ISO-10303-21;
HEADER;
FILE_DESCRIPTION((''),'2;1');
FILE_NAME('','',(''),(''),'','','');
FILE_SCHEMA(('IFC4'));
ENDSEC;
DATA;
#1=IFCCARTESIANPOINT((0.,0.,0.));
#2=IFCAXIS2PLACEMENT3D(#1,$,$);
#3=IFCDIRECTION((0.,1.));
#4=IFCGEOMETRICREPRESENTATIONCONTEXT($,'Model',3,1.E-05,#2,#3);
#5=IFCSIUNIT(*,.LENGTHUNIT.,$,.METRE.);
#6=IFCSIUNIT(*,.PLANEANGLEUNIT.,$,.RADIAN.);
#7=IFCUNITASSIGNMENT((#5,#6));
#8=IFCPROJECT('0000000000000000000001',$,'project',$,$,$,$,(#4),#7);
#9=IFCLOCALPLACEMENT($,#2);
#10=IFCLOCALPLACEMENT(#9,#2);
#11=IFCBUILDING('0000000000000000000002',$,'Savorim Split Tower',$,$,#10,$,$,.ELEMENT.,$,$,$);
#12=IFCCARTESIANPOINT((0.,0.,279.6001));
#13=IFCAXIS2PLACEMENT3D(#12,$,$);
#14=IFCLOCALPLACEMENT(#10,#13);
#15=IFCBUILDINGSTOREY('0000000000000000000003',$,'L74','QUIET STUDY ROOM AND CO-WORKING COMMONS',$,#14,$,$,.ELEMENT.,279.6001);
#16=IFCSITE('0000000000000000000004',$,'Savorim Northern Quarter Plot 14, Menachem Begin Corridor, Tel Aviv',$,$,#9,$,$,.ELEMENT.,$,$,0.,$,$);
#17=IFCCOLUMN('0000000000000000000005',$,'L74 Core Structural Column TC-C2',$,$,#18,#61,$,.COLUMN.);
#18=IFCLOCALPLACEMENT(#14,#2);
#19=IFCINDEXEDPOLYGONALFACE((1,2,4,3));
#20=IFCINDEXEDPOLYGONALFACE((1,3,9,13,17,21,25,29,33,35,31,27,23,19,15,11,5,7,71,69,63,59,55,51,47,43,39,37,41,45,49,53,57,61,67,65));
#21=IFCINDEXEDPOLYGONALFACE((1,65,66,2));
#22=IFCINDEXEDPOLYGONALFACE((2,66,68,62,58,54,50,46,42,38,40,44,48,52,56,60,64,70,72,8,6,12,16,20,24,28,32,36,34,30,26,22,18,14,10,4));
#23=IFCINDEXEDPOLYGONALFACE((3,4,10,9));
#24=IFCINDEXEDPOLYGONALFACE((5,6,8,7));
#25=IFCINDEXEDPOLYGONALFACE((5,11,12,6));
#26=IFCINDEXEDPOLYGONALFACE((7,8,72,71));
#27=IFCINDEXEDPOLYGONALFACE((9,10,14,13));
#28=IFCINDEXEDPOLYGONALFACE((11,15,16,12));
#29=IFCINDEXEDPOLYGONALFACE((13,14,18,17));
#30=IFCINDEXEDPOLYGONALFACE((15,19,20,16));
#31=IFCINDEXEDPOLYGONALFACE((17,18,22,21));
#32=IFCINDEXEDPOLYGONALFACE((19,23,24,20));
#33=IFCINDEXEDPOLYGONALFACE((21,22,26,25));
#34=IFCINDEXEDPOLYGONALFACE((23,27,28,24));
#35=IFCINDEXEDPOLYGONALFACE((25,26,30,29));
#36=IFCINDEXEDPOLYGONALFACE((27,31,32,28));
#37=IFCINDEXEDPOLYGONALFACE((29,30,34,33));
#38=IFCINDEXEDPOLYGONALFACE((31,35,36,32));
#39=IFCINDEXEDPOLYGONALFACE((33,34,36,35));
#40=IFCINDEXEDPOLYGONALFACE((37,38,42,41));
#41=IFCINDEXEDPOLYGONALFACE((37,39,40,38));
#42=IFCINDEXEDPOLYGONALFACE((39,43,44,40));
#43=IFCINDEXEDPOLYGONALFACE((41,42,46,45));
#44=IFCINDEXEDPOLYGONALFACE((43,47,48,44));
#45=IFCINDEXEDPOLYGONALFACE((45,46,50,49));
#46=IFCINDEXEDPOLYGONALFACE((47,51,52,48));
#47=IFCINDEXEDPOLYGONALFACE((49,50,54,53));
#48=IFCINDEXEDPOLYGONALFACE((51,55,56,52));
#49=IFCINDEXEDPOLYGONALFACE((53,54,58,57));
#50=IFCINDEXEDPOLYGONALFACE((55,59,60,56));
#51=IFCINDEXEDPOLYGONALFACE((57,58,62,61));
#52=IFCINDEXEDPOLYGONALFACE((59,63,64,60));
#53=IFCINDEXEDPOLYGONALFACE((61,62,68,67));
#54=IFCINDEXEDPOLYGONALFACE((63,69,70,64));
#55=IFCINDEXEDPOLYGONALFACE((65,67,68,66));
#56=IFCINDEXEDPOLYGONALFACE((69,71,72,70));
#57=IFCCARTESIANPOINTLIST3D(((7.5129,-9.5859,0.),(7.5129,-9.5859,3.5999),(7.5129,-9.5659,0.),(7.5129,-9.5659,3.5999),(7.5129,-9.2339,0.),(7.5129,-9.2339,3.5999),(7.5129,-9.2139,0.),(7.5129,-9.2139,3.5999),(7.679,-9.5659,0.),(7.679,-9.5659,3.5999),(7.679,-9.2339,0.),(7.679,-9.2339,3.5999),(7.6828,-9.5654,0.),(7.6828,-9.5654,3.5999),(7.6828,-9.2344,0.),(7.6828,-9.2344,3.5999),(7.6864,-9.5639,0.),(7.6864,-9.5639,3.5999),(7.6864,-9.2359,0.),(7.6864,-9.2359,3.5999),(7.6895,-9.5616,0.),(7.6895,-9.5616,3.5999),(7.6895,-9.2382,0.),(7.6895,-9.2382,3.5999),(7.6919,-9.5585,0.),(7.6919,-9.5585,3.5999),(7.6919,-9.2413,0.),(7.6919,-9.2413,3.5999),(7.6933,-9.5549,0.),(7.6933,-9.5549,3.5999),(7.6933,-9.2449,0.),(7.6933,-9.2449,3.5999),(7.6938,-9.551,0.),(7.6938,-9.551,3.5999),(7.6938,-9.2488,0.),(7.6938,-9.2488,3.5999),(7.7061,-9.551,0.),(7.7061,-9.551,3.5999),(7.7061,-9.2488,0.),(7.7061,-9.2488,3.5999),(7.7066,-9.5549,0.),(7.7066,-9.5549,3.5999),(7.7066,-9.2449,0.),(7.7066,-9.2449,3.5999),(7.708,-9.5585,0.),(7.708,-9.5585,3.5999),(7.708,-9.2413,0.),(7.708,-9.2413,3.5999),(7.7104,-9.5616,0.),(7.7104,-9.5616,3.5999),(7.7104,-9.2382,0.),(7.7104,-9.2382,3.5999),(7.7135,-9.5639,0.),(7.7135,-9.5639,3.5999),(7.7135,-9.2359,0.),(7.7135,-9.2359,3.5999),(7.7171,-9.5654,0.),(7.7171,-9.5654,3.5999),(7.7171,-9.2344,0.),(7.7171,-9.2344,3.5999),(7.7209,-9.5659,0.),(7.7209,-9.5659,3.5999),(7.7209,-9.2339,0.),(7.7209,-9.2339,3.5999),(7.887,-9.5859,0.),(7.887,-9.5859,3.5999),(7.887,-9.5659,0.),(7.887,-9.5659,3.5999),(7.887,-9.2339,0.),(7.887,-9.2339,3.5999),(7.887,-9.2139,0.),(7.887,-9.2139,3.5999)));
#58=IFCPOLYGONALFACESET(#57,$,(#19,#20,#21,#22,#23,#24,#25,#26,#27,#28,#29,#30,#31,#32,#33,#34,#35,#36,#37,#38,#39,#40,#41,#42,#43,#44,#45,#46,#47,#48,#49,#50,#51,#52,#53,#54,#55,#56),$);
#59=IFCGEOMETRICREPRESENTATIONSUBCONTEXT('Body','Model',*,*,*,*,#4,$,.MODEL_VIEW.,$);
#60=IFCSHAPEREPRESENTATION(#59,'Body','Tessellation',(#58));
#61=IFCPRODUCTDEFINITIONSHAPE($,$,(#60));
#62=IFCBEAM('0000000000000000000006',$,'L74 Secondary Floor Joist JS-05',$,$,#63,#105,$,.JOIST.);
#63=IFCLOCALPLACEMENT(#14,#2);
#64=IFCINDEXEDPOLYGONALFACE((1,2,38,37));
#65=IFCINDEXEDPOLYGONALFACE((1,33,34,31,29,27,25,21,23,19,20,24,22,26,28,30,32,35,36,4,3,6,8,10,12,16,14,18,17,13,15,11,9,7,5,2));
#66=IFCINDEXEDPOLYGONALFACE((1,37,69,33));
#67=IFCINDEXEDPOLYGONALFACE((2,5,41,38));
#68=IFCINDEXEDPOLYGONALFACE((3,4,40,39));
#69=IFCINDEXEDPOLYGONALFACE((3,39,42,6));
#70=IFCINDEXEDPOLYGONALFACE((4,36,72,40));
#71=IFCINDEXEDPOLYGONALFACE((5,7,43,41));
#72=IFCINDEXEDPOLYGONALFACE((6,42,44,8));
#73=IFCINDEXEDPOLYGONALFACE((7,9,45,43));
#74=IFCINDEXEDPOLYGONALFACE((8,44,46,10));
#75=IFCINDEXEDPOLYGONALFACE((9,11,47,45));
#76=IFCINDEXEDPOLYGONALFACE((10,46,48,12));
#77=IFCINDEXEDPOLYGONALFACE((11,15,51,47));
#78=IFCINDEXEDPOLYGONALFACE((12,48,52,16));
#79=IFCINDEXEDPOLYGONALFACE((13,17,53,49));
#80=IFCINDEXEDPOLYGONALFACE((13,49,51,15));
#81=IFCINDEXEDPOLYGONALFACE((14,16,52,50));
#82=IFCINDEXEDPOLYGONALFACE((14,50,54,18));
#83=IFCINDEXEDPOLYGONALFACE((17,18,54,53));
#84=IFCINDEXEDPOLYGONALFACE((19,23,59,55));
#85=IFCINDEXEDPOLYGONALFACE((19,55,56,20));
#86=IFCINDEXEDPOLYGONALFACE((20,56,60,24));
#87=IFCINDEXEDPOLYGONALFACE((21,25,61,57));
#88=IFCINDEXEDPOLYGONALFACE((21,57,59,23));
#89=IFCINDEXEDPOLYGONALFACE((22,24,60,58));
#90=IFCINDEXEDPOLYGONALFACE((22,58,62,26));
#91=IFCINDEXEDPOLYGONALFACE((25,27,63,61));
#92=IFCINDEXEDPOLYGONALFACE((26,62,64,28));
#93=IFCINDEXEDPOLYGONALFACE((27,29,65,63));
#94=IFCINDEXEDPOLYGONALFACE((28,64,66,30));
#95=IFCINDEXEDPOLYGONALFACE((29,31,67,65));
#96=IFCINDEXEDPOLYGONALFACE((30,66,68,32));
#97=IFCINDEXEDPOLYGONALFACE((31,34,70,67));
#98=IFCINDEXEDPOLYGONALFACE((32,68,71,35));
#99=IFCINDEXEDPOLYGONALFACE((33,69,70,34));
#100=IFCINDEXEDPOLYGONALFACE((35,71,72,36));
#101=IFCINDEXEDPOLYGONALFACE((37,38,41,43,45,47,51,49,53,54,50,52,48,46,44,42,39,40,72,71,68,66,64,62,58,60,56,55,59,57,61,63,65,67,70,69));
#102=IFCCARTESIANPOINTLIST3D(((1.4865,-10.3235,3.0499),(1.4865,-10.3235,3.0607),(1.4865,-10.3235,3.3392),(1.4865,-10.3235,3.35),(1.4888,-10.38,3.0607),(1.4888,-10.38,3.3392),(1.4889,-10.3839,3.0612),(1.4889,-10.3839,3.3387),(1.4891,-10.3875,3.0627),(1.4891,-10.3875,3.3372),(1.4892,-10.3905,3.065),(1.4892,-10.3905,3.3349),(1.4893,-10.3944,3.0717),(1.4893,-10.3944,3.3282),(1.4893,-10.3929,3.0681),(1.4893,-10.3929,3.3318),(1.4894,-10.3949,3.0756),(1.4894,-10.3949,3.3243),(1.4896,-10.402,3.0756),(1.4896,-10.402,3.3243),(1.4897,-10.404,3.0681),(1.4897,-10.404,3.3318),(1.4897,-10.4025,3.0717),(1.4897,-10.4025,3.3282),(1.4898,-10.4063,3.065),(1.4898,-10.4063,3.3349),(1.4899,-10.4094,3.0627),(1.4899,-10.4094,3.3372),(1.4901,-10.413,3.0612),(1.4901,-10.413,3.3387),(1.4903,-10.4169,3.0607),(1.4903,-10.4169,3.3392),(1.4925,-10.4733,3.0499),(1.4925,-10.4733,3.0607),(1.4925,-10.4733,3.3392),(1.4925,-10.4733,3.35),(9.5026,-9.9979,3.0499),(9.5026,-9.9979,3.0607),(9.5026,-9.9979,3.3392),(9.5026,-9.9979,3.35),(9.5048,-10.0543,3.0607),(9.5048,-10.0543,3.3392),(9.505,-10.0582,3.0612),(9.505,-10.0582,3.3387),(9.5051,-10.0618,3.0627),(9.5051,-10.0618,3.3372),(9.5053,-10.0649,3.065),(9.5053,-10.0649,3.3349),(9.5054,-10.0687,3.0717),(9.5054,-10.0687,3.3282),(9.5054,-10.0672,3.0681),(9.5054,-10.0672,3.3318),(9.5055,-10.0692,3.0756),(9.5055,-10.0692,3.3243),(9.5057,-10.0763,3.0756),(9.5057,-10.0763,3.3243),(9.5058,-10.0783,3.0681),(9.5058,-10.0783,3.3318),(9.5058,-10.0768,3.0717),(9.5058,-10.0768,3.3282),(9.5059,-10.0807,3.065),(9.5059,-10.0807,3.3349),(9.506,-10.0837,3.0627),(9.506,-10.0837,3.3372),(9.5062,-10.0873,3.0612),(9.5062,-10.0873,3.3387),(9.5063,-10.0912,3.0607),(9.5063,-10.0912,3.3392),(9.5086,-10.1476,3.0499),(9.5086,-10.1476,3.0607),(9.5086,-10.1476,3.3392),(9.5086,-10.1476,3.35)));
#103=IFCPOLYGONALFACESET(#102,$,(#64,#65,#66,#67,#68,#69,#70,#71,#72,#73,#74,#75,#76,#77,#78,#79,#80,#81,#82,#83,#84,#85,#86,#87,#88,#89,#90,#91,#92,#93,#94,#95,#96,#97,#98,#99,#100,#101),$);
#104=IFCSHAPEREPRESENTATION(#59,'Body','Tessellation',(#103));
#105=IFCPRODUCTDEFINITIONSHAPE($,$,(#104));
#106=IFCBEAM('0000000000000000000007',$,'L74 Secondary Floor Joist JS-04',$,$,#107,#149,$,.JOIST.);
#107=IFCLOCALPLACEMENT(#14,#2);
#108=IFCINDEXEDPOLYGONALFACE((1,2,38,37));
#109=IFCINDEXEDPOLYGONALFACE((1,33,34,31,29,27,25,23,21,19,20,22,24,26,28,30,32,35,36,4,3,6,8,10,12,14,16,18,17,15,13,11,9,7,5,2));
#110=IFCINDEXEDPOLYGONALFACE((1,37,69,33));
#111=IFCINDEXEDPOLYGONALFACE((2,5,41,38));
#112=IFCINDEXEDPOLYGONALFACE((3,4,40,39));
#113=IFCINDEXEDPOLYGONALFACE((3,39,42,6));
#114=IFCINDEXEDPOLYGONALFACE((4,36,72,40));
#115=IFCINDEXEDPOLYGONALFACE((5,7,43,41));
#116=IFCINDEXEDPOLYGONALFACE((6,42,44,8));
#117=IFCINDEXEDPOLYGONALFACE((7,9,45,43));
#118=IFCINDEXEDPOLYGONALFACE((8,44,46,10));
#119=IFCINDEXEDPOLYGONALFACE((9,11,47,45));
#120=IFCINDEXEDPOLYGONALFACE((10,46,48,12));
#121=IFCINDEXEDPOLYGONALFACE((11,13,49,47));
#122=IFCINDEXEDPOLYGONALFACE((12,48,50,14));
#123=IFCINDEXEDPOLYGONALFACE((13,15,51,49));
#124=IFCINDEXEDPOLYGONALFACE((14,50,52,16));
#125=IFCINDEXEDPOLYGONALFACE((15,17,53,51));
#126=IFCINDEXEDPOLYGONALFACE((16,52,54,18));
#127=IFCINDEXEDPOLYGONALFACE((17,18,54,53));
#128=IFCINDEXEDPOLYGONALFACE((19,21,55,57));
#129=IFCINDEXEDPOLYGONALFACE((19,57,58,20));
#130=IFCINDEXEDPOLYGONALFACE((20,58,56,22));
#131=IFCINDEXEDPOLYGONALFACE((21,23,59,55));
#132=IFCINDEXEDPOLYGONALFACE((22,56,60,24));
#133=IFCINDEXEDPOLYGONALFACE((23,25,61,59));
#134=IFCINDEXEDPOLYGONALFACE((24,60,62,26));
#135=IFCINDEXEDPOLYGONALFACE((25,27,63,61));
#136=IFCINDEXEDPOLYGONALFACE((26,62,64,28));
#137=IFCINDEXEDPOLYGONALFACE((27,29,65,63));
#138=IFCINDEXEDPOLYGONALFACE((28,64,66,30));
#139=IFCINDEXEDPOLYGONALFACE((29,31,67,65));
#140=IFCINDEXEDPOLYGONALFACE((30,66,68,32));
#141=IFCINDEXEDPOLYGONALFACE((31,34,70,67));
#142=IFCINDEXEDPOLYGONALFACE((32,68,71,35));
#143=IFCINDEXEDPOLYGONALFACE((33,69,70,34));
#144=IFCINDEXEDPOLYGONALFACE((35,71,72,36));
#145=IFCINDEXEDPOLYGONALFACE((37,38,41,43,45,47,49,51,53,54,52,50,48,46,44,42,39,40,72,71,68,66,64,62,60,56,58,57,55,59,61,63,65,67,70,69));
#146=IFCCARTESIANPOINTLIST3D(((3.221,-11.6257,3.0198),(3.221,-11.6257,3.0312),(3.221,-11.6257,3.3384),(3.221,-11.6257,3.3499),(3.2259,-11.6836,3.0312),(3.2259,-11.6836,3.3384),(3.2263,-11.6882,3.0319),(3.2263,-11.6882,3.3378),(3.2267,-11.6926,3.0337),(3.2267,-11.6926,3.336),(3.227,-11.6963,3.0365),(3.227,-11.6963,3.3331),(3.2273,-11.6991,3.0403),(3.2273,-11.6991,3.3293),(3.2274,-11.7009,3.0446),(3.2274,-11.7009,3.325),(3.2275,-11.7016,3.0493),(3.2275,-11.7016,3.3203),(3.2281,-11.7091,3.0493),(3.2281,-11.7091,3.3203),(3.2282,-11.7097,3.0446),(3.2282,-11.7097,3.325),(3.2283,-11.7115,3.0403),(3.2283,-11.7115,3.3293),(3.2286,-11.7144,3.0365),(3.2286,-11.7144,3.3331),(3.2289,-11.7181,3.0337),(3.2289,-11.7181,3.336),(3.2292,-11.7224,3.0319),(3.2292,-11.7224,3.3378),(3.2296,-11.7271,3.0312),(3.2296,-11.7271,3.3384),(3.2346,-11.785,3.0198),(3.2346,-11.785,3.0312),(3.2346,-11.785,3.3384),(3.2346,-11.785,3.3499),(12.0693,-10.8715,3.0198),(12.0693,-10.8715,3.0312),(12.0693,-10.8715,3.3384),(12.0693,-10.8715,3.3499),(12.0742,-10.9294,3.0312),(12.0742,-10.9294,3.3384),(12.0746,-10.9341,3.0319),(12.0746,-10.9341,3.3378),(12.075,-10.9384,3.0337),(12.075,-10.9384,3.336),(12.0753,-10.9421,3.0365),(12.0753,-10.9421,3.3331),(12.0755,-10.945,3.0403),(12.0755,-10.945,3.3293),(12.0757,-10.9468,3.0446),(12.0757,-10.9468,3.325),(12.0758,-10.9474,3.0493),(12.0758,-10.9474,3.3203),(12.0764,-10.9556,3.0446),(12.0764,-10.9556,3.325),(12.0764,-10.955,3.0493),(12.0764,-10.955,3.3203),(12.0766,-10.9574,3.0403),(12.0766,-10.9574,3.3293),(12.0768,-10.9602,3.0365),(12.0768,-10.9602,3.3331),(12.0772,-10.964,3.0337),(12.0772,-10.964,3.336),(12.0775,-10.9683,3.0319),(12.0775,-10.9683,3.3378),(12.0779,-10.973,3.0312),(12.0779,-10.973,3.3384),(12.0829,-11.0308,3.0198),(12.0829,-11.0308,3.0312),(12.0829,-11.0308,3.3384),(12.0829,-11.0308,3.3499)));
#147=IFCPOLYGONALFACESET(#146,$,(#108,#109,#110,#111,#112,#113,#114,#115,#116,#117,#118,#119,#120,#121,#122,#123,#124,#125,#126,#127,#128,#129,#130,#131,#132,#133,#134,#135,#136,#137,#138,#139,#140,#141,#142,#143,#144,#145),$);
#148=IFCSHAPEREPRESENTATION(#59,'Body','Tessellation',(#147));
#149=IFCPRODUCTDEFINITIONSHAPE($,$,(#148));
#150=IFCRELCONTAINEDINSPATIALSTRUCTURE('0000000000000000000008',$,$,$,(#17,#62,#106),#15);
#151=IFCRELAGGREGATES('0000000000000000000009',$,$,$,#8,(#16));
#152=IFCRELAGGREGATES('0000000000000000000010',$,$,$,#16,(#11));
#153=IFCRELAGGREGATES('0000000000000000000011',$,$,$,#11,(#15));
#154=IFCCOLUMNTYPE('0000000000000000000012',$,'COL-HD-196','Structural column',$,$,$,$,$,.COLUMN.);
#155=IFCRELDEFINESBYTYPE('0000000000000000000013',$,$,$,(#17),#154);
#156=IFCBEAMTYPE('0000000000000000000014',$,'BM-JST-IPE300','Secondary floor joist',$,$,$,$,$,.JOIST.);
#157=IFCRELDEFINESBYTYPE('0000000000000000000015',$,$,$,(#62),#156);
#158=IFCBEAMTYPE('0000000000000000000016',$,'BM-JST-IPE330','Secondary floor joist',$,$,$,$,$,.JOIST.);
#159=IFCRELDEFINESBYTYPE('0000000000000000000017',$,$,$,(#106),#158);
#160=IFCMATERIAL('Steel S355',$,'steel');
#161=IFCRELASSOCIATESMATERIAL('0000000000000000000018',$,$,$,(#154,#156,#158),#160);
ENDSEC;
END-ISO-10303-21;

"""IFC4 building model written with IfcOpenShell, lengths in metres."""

from ifc_helpers import new_model, si_unit, direction, frame, origin, origin_2d, place, context, subcontext, project, spatial, i_section, extrude, material, material_profile, profile_set, type_object, element, save


model = new_model("IFC4")

# Units and contexts
model_context = context("Model", 3, precision=1e-05, world=origin(), true_north=direction((0.0, 1.0)))
body_context = subcontext(model_context, "Body", "Model", "MODEL_VIEW")
ifc_project = project(units=[si_unit("LENGTHUNIT", "METRE"), si_unit("PLANEANGLEUNIT", "RADIAN")], contexts=[model_context])

# Site, building, storey
site_placement = place(None, origin())
site = spatial("IfcSite", under=ifc_project, at=site_placement, Name="Savorim Northern Quarter Plot 14, Menachem Begin Corridor, Tel Aviv", CompositionType="ELEMENT", RefElevation=0.0)
building_placement = place(site_placement, origin())
building = spatial("IfcBuilding", under=site, at=building_placement, Name="Savorim Split Tower", CompositionType="ELEMENT")
storey_placement = place(building_placement, frame((0.0, 0.0, 279.6001)))
storey = spatial("IfcBuildingStorey", under=building, at=storey_placement, Name="L74", Description="QUIET STUDY ROOM AND CO-WORKING COMMONS", CompositionType="ELEMENT", Elevation=279.6001)

# Column
ifc_material_1 = material(Name="Steel S355", Category="steel")
ifc_material_profile_1 = material_profile(ifc_material_1, i_section(OverallWidth=0.374, OverallDepth=0.3721, WebThickness=0.0122, FlangeThickness=0.02, FilletRadius=0.0149, at=origin_2d()), Name="HD 360x196")
ifc_profile_set_1 = profile_set([ifc_material_profile_1], Name="Steel S355")
column_type = type_object("IfcColumnType", Name="COL-HD-196", Description="Structural column", PredefinedType="COLUMN", material=ifc_profile_set_1)
column_placement = place(storey_placement, frame((7.7, -9.3999, 0.0), z_axis=(0.0, 0.0, 1.0), x_axis=(1.0, 0.0, 0.0)))
element("IfcColumn", 1, at=column_placement, inside=storey, type_object=column_type, Name="L74 Core Structural Column TC-C2", PredefinedType="COLUMN", context=body_context, shape_type="SweptSolid", body=[
    extrude(i_section(OverallWidth=0.374, OverallDepth=0.3721, WebThickness=0.0122, FlangeThickness=0.02, FilletRadius=0.0149, at=origin_2d()), origin(), (0.0, 0.0, 1.0), 3.5999),
])

# Beams
ifc_material_profile_2 = material_profile(ifc_material_1, i_section(OverallWidth=0.1499, OverallDepth=0.3, WebThickness=0.0071, FlangeThickness=0.0107, FilletRadius=0.0149, at=origin_2d()), Name="IPE 300")
ifc_profile_set_2 = profile_set([ifc_material_profile_2], Name="Steel S355")
beam_type_1 = type_object("IfcBeamType", Name="BM-JST-IPE300", Description="Secondary floor joist", PredefinedType="JOIST", material=ifc_profile_set_2)
beam_1_placement = place(storey_placement, frame((1.4895, -10.3984, 3.2), z_axis=(0.999176, 0.040595, 0.0), x_axis=(-0.040595, 0.999176, 0.0)))
element("IfcBeam", 2, at=beam_1_placement, inside=storey, type_object=beam_type_1, Name="L74 Secondary Floor Joist JS-05", PredefinedType="JOIST", context=body_context, shape_type="SweptSolid", body=[
    extrude(i_section(OverallWidth=0.1499, OverallDepth=0.3, WebThickness=0.0071, FlangeThickness=0.0107, FilletRadius=0.0149, at=origin_2d()), origin(), (0.0, 0.0, 1.0), 8.0227),
])
ifc_material_profile_3 = material_profile(ifc_material_1, i_section(OverallWidth=0.1599, OverallDepth=0.3301, WebThickness=0.0076, FlangeThickness=0.0115, FilletRadius=0.0181, at=origin_2d()), Name="IPE 330")
ifc_profile_set_3 = profile_set([ifc_material_profile_3], Name="Steel S355")
beam_type_2 = type_object("IfcBeamType", Name="BM-JST-IPE330", Description="Secondary floor joist", PredefinedType="JOIST", material=ifc_profile_set_3)
beam_2_placement = place(storey_placement, frame((3.2278, -11.7053, 3.1848), z_axis=(0.996388, 0.084922, 0.0), x_axis=(-0.084922, 0.996388, 0.0)))
element("IfcBeam", 3, at=beam_2_placement, inside=storey, type_object=beam_type_2, Name="L74 Secondary Floor Joist JS-04", PredefinedType="JOIST", context=body_context, shape_type="SweptSolid", body=[
    extrude(i_section(OverallWidth=0.1599, OverallDepth=0.3301, WebThickness=0.0076, FlangeThickness=0.0115, FilletRadius=0.0181, at=origin_2d()), origin(), (0.0, 0.0, 1.0), 8.8804),
])

save(model, "model.ifc")
